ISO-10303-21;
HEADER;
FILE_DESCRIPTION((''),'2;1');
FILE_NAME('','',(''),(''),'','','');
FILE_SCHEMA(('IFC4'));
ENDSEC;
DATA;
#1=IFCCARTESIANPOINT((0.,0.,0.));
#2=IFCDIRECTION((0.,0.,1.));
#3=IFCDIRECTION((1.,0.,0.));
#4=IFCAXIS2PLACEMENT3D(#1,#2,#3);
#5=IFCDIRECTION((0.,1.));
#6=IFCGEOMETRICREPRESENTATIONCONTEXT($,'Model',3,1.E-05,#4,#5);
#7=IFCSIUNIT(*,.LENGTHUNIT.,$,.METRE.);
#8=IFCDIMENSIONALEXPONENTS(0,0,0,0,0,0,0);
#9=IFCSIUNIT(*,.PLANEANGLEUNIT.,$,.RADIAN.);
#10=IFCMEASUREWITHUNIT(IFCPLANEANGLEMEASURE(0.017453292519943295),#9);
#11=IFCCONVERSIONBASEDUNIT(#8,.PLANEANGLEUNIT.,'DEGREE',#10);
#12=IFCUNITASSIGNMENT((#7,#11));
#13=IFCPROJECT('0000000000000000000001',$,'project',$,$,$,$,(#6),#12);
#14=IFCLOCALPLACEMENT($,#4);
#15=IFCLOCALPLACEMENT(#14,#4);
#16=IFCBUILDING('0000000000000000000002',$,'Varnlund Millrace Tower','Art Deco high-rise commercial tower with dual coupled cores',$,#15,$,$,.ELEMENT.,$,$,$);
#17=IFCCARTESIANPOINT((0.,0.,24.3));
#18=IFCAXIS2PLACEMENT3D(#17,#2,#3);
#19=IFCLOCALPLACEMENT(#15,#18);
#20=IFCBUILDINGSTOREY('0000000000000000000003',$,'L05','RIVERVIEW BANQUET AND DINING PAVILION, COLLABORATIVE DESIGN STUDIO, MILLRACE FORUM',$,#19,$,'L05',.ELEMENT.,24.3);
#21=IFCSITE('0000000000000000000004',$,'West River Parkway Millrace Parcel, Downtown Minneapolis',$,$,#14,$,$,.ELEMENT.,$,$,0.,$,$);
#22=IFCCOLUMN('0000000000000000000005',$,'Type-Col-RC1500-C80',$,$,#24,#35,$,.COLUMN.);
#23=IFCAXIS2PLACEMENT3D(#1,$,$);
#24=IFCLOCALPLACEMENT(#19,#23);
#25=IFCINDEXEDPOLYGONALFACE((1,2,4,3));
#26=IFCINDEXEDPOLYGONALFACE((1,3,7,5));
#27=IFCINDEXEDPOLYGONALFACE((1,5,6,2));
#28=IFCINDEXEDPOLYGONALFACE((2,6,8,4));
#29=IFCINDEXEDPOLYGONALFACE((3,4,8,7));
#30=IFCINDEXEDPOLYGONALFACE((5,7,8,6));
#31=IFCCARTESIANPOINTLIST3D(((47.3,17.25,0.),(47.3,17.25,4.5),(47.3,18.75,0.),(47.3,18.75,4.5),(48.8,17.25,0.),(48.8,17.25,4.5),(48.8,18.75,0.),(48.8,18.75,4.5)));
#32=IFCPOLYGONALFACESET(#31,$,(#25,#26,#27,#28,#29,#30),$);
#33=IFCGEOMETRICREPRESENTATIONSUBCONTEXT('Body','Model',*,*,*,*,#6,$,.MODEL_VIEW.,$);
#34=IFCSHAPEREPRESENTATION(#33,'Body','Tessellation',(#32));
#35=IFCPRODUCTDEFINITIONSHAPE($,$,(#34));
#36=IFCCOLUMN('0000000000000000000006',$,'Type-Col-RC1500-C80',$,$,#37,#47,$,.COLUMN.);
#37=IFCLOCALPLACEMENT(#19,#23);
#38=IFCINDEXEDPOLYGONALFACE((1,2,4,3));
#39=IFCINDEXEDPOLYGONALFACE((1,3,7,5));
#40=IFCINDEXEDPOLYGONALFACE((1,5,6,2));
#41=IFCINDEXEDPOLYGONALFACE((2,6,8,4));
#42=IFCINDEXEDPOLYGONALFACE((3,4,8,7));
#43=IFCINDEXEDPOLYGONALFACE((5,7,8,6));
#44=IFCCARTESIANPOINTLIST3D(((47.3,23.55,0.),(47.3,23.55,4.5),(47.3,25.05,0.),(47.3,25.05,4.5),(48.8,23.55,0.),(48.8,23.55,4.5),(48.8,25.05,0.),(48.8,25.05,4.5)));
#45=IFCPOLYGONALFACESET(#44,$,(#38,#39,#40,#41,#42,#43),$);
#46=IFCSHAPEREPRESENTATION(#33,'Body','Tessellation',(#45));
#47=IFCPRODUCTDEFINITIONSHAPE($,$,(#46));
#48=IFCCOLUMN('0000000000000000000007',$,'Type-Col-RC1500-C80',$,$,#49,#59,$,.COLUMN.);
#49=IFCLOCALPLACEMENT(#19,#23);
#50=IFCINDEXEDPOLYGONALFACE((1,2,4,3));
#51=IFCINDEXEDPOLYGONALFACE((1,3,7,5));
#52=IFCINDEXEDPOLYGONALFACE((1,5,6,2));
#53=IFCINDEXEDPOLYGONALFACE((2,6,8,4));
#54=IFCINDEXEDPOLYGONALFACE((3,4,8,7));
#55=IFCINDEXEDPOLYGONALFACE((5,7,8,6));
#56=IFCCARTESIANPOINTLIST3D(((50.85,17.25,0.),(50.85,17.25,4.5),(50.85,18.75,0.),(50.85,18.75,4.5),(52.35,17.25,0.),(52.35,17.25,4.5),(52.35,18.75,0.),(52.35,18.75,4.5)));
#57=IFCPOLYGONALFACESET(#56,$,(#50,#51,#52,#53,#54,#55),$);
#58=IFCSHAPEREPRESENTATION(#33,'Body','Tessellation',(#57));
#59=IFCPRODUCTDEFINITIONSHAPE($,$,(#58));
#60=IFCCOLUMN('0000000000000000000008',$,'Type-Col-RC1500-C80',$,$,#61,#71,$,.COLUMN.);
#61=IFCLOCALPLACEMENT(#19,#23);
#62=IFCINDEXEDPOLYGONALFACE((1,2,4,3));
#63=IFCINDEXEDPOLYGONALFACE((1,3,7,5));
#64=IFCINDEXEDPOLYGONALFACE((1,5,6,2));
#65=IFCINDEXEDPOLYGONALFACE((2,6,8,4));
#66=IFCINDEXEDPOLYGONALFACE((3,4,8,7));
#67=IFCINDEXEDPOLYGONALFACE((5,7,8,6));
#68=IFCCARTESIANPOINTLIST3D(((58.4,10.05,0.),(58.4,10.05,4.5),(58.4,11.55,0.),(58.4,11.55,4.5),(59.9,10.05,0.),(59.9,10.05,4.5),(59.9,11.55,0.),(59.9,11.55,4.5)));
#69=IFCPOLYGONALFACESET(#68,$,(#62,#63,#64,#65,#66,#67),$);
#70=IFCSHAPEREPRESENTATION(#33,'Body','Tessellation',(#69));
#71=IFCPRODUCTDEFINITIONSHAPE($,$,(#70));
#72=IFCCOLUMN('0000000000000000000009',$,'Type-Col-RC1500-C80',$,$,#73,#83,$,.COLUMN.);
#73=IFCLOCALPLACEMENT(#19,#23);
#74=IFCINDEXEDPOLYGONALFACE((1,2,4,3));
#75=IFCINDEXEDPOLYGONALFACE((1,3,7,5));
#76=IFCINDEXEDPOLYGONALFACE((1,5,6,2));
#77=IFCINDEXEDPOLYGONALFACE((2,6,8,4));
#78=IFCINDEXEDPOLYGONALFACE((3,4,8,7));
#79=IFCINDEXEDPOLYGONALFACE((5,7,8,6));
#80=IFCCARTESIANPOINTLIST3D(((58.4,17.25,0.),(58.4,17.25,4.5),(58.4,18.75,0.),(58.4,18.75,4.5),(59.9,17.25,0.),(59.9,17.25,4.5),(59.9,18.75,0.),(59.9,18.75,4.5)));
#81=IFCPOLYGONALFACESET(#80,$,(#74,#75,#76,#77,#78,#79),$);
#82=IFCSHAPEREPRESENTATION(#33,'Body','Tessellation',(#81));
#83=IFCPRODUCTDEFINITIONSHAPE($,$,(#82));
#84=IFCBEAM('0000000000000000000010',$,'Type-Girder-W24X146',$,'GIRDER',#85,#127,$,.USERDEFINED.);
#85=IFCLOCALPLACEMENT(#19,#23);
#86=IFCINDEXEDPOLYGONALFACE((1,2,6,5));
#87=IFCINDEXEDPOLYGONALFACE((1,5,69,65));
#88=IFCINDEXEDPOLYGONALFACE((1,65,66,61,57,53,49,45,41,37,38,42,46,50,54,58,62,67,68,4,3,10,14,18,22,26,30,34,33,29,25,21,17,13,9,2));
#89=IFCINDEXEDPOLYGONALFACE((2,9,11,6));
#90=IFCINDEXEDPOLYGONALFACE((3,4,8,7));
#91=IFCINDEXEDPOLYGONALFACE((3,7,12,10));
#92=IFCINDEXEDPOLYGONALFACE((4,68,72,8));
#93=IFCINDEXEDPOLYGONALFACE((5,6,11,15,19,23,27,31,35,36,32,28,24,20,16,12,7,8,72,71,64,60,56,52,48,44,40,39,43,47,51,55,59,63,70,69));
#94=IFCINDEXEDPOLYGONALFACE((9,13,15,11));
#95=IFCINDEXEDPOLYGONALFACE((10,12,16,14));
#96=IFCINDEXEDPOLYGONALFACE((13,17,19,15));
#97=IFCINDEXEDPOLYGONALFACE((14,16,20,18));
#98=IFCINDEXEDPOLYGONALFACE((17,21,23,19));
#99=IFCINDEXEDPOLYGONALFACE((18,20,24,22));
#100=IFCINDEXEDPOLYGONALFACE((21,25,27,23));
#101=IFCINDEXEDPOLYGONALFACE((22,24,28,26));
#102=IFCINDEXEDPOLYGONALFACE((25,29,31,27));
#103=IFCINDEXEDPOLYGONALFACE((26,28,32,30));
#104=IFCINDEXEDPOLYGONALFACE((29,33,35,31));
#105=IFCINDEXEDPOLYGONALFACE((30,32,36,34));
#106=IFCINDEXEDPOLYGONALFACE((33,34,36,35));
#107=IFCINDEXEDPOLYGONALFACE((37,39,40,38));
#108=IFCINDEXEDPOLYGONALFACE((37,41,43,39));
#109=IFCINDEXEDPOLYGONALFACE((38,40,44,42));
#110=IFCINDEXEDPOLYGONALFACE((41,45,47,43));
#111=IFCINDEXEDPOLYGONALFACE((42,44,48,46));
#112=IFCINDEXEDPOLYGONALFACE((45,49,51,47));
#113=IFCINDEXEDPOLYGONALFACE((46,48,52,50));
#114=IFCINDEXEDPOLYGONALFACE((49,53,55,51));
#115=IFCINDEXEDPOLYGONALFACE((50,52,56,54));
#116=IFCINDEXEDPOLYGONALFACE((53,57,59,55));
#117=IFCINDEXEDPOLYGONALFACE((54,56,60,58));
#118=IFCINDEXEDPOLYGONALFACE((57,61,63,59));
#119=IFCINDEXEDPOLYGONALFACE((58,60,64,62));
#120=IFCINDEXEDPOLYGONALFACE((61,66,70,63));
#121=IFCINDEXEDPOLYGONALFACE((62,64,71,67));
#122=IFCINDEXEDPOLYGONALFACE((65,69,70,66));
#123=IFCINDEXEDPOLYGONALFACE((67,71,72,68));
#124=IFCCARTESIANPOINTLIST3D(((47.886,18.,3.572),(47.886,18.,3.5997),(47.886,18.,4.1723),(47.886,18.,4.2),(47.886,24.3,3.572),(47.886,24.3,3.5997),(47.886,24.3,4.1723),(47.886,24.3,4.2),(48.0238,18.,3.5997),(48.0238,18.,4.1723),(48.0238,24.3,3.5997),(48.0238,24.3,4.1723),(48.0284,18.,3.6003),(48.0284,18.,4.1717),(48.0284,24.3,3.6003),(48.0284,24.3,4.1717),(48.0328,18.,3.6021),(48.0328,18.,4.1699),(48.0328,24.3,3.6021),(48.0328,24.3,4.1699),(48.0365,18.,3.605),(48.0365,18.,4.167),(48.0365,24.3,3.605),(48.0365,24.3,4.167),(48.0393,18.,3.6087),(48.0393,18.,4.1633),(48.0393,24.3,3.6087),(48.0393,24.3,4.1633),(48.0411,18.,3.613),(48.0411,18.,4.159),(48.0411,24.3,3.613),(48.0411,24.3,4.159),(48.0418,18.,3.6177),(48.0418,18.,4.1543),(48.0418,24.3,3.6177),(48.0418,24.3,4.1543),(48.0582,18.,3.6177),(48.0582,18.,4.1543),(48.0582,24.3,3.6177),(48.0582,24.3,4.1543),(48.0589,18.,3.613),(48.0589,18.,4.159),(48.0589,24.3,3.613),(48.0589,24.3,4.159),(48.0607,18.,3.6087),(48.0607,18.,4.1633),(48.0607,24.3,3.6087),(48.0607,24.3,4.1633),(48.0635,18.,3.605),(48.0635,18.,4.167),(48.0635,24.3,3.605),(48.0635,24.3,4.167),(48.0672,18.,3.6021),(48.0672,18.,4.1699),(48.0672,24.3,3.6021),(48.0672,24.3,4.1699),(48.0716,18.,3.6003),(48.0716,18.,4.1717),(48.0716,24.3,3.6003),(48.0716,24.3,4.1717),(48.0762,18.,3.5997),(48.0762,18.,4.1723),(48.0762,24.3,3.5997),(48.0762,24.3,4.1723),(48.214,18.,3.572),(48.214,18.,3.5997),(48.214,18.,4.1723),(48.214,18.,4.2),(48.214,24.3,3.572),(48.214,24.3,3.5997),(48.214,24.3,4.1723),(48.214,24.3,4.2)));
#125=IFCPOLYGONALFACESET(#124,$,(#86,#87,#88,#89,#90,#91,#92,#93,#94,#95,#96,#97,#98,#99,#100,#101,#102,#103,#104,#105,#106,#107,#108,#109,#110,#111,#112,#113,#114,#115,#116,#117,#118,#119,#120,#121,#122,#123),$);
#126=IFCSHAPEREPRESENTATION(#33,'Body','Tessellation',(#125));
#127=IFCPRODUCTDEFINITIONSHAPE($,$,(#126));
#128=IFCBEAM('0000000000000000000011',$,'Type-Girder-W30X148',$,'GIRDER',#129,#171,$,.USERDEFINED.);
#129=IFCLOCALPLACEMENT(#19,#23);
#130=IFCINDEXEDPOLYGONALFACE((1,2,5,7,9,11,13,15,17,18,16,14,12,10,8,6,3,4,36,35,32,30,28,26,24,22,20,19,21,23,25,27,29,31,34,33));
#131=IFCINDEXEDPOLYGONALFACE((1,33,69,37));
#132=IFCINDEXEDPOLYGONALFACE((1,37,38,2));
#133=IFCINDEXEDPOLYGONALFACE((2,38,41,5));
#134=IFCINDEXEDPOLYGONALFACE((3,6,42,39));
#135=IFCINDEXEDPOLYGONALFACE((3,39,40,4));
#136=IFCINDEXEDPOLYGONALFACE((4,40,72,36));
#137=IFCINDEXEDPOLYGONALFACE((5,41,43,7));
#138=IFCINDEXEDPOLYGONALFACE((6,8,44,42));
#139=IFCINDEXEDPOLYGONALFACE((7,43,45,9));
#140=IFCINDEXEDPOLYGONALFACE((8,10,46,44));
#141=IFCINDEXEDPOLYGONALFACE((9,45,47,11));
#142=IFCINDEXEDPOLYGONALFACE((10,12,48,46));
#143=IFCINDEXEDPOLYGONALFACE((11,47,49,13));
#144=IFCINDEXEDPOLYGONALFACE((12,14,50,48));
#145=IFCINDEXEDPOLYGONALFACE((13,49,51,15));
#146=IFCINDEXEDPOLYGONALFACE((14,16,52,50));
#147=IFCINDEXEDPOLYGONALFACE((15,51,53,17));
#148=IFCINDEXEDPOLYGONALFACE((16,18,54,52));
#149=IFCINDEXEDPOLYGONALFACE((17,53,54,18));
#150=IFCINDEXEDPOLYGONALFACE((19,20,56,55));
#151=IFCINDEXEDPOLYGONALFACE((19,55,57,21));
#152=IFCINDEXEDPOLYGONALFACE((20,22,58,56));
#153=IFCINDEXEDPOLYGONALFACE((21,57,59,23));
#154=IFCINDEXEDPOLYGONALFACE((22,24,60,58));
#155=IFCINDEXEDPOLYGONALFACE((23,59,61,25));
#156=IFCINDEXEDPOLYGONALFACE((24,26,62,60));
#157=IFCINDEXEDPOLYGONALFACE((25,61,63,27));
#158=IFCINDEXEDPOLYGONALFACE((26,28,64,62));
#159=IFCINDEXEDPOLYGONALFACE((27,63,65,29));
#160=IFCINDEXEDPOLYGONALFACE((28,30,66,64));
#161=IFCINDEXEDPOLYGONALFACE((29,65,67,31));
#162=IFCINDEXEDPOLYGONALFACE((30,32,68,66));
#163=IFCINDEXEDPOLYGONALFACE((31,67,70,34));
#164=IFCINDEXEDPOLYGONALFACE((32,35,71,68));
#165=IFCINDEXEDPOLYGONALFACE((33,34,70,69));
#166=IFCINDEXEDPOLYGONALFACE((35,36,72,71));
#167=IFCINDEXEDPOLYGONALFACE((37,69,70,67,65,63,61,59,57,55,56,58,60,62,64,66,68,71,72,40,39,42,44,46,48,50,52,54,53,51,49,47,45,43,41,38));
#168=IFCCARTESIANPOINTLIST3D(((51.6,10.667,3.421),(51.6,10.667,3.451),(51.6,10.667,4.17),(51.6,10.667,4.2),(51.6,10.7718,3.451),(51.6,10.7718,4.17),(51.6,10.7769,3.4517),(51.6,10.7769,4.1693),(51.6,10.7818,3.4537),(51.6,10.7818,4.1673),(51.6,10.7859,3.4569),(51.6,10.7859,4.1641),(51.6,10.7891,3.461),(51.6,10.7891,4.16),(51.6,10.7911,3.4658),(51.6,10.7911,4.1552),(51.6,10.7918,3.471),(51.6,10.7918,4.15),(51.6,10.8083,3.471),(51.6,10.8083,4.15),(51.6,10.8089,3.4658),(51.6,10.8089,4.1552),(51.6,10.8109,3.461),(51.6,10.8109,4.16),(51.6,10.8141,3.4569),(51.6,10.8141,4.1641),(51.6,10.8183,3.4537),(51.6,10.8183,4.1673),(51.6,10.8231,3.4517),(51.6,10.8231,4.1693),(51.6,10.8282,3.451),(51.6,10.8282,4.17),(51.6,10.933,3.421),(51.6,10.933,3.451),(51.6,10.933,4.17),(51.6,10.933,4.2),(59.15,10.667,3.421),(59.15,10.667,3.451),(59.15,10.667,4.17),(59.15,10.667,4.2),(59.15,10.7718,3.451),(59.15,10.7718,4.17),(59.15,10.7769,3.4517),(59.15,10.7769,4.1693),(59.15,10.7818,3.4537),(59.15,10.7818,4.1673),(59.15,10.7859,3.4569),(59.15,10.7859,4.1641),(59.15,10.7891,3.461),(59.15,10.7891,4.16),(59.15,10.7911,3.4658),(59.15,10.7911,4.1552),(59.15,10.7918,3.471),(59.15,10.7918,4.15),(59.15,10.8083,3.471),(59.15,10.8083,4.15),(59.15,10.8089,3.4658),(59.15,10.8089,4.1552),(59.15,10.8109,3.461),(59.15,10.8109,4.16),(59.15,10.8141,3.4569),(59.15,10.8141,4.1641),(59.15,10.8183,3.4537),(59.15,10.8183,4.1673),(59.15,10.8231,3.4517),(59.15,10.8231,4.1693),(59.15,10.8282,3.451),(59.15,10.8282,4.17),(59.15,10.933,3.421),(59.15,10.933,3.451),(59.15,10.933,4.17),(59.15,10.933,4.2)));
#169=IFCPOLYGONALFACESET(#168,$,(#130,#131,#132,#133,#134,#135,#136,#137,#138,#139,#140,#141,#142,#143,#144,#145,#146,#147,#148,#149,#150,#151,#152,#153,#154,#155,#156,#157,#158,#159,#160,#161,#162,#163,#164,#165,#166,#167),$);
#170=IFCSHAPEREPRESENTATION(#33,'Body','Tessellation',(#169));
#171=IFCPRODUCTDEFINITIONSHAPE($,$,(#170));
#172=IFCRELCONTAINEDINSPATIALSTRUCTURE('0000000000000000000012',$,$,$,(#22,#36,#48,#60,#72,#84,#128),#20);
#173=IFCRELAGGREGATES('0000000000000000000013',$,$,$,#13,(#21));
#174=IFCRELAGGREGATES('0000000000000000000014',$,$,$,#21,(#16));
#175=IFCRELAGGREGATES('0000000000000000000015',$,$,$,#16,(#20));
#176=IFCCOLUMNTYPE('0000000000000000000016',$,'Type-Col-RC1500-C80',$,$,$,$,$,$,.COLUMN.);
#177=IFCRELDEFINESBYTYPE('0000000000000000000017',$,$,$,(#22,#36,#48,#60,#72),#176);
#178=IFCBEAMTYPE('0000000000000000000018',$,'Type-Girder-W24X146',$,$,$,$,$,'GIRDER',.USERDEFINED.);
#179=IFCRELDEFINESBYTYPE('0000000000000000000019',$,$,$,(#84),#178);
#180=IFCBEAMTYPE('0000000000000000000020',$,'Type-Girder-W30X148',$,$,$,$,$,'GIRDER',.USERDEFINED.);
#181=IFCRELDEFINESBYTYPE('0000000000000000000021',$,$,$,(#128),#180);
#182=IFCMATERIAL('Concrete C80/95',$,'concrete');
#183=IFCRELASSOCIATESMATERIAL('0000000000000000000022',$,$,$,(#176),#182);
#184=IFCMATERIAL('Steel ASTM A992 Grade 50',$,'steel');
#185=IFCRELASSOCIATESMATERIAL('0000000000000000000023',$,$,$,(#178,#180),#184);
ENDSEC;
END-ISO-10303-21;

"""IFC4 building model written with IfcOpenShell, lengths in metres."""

from ifc_helpers import new_model, entity, si_unit, converted_unit, direction, frame, origin_with_axes, origin_2d_with_axis, place, context, subcontext, project, spatial, rectangle, i_section, extrude, material, material_profile, profile_set, type_object, element, save


model = new_model("IFC4")

# Units and contexts
model_context = context("Model", 3, precision=1e-05, world=origin_with_axes(), true_north=direction((0.0, 1.0)))
body_context = subcontext(model_context, "Body", "Model", "MODEL_VIEW")
ifc_project = project(units=[si_unit("LENGTHUNIT", "METRE"), converted_unit("PLANEANGLEUNIT", "DEGREE", entity("IfcPlaneAngleMeasure", 0.017453292519943295), si_unit("PLANEANGLEUNIT", "RADIAN"), dimensions=[0, 0, 0, 0, 0, 0, 0])], contexts=[model_context])

# Site, building, storey
site_placement = place(None, origin_with_axes())
site = spatial("IfcSite", under=ifc_project, at=site_placement, Name="West River Parkway Millrace Parcel, Downtown Minneapolis", CompositionType="ELEMENT", RefElevation=0.0)
building_placement = place(site_placement, origin_with_axes())
building = spatial("IfcBuilding", under=site, at=building_placement, Name="Varnlund Millrace Tower", Description="Art Deco high-rise commercial tower with dual coupled cores", CompositionType="ELEMENT")
storey_placement = place(building_placement, frame((0.0, 0.0, 24.3), z_axis=(0.0, 0.0, 1.0), x_axis=(1.0, 0.0, 0.0)))
storey = spatial("IfcBuildingStorey", under=building, at=storey_placement, Name="L05", Description="RIVERVIEW BANQUET AND DINING PAVILION, COLLABORATIVE DESIGN STUDIO, MILLRACE FORUM", LongName="L05", CompositionType="ELEMENT", Elevation=24.3)

# Columns
ifc_material_1 = material(Name="Concrete C80/95", Category="concrete")
ifc_material_profile_1 = material_profile(ifc_material_1, rectangle(XDim=1.5, YDim=1.5, at=origin_2d_with_axis()), Name="Concrete C80/95")
ifc_profile_set_1 = profile_set([ifc_material_profile_1], Name="Concrete C80/95")
column_type = type_object("IfcColumnType", Name="Type-Col-RC1500-C80", PredefinedType="COLUMN", material=ifc_profile_set_1)
for number, where, z_axis, x_axis, name in (
    (1, (48.05, 18.0, 0.0), (0.0, 0.0, 1.0), (1.0, 0.0, 0.0), "Type-Col-RC1500-C80"),
    (2, (48.05, 24.3, 0.0), (0.0, 0.0, 1.0), (1.0, 0.0, 0.0), "Type-Col-RC1500-C80"),
    (3, (51.6, 18.0, 0.0), (0.0, 0.0, 1.0), (1.0, 0.0, 0.0), "Type-Col-RC1500-C80"),
    (4, (59.15, 10.8, 0.0), (0.0, 0.0, 1.0), (1.0, 0.0, 0.0), "Type-Col-RC1500-C80"),
    (5, (59.15, 18.0, 0.0), (0.0, 0.0, 1.0), (1.0, 0.0, 0.0), "Type-Col-RC1500-C80"),
):
    element("IfcColumn", number, at=place(storey_placement, frame(where, z_axis=z_axis, x_axis=x_axis)), inside=storey, type_object=column_type, Name=name, PredefinedType="COLUMN", context=body_context, shape_type="SweptSolid", body=[
        extrude(rectangle(XDim=1.5, YDim=1.5, at=origin_2d_with_axis()), origin_with_axes(), (0.0, 0.0, 1.0), 4.5),
    ])

# Beams
ifc_material_2 = material(Name="Steel ASTM A992 Grade 50", Category="steel")
ifc_material_profile_2 = material_profile(ifc_material_2, i_section(OverallWidth=0.328, OverallDepth=0.628, WebThickness=0.0165, FlangeThickness=0.0277, FilletRadius=0.018, at=origin_2d_with_axis()), Name="Steel ASTM A992 Grade 50")
ifc_profile_set_2 = profile_set([ifc_material_profile_2], Name="Steel ASTM A992 Grade 50")
beam_type_1 = type_object("IfcBeamType", Name="Type-Girder-W24X146", ElementType="GIRDER", PredefinedType="USERDEFINED", material=ifc_profile_set_2)
beam_1_placement = place(storey_placement, frame((48.05, 18.0, 3.886), z_axis=(0.0, 1.0, 0.0), x_axis=(-1.0, 0.0, 0.0)))
element("IfcBeam", 6, at=beam_1_placement, inside=storey, type_object=beam_type_1, Name="Type-Girder-W24X146", ObjectType="GIRDER", PredefinedType="USERDEFINED", context=body_context, shape_type="SweptSolid", body=[
    extrude(i_section(OverallWidth=0.328, OverallDepth=0.628, WebThickness=0.0165, FlangeThickness=0.0277, FilletRadius=0.018, at=origin_2d_with_axis()), origin_with_axes(), (0.0, 0.0, 1.0), 6.3),
])
ifc_material_profile_3 = material_profile(ifc_material_2, i_section(OverallWidth=0.266, OverallDepth=0.779, WebThickness=0.0165, FlangeThickness=0.03, FilletRadius=0.02, at=origin_2d_with_axis()), Name="Steel ASTM A992 Grade 50")
ifc_profile_set_3 = profile_set([ifc_material_profile_3], Name="Steel ASTM A992 Grade 50")
beam_type_2 = type_object("IfcBeamType", Name="Type-Girder-W30X148", ElementType="GIRDER", PredefinedType="USERDEFINED", material=ifc_profile_set_3)
beam_2_placement = place(storey_placement, frame((51.6, 10.8, 3.8105), z_axis=(1.0, 0.0, 0.0), x_axis=(0.0, 1.0, 0.0)))
element("IfcBeam", 7, at=beam_2_placement, inside=storey, type_object=beam_type_2, Name="Type-Girder-W30X148", ObjectType="GIRDER", PredefinedType="USERDEFINED", context=body_context, shape_type="SweptSolid", body=[
    extrude(i_section(OverallWidth=0.266, OverallDepth=0.779, WebThickness=0.0165, FlangeThickness=0.03, FilletRadius=0.02, at=origin_2d_with_axis()), origin_with_axes(), (0.0, 0.0, 1.0), 7.55),
])

save(model, "model.ifc")
